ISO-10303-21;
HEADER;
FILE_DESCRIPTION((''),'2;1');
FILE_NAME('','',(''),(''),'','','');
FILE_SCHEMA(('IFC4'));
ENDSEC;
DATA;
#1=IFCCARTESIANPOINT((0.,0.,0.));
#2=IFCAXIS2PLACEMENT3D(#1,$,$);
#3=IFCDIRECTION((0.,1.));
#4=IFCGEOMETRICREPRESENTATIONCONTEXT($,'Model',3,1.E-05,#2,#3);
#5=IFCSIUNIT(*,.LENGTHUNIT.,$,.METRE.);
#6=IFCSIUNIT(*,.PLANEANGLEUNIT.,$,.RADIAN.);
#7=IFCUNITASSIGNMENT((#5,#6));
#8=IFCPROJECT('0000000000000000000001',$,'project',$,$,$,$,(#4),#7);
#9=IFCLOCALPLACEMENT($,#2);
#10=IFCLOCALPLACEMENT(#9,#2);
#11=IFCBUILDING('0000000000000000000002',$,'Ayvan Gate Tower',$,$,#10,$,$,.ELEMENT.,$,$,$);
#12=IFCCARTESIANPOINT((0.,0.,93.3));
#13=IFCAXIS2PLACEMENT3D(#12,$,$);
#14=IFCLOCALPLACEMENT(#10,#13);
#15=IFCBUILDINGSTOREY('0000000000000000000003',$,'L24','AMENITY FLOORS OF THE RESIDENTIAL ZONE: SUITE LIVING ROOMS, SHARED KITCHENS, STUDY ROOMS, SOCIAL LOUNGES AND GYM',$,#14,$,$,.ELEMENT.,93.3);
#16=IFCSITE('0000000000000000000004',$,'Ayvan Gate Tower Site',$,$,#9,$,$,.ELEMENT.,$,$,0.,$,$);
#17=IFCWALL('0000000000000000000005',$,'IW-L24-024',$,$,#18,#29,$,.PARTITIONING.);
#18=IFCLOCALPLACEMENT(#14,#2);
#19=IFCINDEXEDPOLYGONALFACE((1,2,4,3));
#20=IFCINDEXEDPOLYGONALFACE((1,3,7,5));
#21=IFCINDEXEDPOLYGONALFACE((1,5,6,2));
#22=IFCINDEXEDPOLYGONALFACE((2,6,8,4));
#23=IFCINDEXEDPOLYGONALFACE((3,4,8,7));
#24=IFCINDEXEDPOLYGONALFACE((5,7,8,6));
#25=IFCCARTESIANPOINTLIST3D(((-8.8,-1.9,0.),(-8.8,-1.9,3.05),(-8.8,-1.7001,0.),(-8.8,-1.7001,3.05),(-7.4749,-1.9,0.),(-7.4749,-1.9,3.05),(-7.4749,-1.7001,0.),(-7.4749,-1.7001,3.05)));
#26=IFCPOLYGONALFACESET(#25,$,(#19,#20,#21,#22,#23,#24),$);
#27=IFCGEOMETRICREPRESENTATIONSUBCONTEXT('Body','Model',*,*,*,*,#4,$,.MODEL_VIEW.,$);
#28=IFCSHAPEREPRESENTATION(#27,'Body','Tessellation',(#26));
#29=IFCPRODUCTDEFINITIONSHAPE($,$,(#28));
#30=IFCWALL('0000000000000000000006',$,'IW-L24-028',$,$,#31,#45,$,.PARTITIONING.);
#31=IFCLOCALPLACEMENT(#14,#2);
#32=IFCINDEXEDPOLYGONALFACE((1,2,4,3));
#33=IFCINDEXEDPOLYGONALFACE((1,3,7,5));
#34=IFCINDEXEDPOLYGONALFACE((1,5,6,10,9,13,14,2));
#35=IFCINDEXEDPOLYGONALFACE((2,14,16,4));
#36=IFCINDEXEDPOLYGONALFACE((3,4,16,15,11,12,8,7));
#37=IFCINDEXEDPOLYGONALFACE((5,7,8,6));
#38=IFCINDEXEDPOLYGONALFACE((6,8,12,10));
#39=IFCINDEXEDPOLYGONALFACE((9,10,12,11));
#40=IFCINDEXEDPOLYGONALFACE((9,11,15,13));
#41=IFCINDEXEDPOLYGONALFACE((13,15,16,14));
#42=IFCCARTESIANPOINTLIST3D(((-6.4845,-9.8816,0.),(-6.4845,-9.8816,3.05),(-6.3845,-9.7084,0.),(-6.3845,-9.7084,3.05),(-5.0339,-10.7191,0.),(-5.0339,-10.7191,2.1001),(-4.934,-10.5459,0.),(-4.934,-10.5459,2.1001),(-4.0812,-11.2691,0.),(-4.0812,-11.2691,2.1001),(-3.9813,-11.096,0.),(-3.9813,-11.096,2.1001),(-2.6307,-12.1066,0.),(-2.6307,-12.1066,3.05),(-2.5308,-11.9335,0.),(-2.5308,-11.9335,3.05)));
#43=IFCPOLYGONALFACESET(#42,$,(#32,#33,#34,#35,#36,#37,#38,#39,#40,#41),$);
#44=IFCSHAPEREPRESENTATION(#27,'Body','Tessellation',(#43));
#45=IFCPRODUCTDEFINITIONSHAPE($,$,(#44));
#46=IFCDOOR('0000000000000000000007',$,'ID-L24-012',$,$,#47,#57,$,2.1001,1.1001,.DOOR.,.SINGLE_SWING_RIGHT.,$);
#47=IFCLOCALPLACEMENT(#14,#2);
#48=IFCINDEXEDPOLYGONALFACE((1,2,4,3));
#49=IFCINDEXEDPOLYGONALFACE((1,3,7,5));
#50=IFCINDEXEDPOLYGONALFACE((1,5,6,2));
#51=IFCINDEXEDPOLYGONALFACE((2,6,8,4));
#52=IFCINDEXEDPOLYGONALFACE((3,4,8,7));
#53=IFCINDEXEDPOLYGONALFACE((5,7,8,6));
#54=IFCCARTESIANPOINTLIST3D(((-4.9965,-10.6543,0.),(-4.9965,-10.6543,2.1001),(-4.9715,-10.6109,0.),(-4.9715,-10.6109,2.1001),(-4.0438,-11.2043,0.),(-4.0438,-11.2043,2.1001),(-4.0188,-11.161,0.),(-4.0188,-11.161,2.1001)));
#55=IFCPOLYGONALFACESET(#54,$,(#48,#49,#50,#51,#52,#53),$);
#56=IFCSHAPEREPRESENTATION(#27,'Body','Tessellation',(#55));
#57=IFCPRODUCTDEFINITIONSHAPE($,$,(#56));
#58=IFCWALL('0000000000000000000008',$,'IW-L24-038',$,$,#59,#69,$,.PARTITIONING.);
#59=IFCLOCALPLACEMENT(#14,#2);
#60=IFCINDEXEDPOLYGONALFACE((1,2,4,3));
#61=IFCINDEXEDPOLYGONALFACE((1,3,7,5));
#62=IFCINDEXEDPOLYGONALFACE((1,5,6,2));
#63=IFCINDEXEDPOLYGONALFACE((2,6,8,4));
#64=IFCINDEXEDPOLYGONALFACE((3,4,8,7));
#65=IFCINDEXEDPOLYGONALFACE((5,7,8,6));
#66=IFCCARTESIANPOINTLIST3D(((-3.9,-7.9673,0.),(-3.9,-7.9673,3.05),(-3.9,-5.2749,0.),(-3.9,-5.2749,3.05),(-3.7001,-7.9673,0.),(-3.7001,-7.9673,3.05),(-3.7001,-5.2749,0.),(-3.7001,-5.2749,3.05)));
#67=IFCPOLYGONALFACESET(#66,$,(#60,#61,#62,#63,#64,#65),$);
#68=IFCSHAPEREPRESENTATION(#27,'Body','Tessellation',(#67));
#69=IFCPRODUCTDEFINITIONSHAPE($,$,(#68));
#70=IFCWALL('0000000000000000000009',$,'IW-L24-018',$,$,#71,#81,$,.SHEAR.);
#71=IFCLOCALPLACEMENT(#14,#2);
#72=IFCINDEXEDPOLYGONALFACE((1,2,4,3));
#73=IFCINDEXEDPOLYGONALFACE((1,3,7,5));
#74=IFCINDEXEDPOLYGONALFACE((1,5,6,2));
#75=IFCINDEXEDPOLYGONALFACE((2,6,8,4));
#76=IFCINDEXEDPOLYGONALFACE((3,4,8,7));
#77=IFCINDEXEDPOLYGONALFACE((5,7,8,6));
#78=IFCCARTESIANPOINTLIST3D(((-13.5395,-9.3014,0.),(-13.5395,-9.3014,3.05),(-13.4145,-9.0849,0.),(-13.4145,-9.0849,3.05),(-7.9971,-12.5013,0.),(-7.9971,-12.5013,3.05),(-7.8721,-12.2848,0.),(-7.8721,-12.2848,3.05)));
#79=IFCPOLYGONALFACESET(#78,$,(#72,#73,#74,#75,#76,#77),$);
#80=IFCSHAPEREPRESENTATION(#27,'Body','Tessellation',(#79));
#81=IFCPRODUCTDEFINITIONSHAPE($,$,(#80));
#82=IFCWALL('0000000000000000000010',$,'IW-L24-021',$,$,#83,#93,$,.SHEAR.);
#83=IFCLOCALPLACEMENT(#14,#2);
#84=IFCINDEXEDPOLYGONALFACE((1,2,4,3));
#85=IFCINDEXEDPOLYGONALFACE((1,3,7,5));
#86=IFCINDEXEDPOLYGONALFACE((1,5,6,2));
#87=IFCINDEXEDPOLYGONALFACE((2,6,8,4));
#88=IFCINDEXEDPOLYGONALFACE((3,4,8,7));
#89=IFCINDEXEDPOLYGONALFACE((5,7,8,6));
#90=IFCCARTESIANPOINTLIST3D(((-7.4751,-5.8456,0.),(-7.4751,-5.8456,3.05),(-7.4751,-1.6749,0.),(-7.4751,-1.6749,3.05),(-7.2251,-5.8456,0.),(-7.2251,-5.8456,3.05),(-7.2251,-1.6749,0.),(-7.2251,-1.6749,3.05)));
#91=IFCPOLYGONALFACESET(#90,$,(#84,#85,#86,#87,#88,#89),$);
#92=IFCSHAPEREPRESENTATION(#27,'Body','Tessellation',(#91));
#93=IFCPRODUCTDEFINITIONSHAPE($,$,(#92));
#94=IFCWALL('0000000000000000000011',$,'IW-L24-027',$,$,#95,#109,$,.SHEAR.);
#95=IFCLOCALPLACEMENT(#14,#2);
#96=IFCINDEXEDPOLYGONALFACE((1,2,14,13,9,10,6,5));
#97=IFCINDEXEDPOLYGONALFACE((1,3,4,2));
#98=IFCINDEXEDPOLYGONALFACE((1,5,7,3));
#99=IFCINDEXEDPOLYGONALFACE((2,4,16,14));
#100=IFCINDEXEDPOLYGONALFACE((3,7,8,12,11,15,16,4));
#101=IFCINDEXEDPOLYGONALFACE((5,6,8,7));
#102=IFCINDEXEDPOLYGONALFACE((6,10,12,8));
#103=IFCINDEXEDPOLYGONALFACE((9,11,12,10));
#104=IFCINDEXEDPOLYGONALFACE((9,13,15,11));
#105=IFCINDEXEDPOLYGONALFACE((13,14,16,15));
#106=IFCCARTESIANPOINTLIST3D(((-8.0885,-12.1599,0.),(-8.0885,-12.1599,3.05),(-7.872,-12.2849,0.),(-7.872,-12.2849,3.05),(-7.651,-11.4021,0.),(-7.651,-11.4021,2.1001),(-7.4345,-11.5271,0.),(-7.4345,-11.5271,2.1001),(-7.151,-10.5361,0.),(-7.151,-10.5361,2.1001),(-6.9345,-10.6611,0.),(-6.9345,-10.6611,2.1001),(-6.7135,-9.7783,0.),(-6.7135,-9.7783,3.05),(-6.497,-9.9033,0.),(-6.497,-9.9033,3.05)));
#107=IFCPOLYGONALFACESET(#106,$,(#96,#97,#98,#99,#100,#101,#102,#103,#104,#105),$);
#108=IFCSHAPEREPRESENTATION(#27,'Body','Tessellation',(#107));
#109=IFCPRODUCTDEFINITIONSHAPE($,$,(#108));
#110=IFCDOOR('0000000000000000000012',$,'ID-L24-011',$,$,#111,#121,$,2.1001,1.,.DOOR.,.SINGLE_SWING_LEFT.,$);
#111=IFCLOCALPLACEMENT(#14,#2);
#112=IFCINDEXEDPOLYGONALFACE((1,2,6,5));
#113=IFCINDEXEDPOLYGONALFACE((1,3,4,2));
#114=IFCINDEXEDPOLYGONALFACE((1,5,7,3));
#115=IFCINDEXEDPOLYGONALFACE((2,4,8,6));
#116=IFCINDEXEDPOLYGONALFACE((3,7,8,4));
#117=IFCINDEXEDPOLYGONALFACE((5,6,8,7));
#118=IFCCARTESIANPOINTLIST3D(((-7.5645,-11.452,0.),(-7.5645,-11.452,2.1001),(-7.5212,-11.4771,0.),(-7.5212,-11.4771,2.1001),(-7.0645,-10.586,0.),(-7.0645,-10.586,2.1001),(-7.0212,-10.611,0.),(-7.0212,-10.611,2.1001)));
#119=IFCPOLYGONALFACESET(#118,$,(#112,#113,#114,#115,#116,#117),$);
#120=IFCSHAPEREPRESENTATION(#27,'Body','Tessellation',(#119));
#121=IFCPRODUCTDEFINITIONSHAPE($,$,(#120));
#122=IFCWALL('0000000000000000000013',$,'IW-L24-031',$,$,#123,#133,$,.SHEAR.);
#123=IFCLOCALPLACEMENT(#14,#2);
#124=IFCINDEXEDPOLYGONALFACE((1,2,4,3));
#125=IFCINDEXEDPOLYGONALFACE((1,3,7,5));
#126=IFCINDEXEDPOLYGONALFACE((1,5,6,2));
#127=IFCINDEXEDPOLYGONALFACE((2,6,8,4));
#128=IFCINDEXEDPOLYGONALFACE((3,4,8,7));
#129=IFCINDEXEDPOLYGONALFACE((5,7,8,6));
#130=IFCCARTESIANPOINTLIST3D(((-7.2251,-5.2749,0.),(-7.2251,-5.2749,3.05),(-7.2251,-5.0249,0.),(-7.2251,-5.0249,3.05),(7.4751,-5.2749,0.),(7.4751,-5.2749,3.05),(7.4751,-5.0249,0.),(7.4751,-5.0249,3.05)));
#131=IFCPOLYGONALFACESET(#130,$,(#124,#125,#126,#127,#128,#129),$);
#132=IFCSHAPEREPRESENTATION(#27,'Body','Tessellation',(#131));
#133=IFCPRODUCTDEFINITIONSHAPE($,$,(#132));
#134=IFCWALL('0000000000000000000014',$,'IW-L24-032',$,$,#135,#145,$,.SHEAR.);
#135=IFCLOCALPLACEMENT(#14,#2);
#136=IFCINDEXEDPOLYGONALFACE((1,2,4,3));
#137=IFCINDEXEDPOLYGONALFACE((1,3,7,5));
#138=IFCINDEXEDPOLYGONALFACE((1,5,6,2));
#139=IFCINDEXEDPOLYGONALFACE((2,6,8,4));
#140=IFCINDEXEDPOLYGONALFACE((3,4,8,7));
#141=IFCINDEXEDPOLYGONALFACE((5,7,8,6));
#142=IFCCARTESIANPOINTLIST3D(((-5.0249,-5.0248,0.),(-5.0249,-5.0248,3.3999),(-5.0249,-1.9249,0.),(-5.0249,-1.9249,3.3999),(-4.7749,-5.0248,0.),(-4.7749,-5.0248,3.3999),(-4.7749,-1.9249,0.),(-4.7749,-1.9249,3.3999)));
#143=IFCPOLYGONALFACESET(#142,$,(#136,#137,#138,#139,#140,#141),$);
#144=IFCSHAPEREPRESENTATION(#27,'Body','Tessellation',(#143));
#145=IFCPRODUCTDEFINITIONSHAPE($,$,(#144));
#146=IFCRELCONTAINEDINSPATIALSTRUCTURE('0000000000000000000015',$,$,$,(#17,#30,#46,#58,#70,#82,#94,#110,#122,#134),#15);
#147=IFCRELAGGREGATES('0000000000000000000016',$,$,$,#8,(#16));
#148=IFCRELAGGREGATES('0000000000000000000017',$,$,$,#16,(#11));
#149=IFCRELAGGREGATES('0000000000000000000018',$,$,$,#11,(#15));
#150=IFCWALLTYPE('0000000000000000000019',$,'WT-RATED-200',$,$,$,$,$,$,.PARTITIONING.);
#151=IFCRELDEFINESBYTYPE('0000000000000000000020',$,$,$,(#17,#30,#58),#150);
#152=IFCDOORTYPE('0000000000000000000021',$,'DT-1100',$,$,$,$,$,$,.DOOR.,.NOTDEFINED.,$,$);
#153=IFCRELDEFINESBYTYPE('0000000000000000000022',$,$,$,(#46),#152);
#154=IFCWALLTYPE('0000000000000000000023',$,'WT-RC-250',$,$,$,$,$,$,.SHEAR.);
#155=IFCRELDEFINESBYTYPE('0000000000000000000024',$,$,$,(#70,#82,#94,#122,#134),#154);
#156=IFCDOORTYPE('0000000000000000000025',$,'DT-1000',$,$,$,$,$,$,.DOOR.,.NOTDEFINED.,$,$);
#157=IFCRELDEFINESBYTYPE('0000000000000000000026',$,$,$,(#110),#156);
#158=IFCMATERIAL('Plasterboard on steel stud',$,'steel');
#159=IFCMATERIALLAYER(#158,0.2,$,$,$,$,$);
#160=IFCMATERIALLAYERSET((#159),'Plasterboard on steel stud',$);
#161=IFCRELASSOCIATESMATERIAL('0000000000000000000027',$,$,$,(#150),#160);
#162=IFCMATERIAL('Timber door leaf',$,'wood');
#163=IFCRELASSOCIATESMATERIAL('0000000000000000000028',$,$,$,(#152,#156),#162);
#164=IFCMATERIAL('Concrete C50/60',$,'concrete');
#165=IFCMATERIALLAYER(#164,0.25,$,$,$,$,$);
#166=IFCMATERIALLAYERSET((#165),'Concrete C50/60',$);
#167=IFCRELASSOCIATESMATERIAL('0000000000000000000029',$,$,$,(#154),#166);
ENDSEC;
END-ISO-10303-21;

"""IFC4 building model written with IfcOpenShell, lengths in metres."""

from ifc_helpers import new_model, si_unit, direction, frame, frame_2d, origin, place, context, subcontext, project, spatial, rectangle, extrude, material, layer, layer_set, type_object, element, fill, save


model = new_model("IFC4")

# Units and contexts
model_context = context("Model", 3, precision=1e-05, world=origin(), true_north=direction((0.0, 1.0)))
body_context = subcontext(model_context, "Body", "Model", "MODEL_VIEW")
ifc_project = project(units=[si_unit("LENGTHUNIT", "METRE"), si_unit("PLANEANGLEUNIT", "RADIAN")], contexts=[model_context])

# Site, building, storey
site_placement = place(None, origin())
site = spatial("IfcSite", under=ifc_project, at=site_placement, Name="Ayvan Gate Tower Site", CompositionType="ELEMENT", RefElevation=0.0)
building_placement = place(site_placement, origin())
building = spatial("IfcBuilding", under=site, at=building_placement, Name="Ayvan Gate Tower", CompositionType="ELEMENT")
storey_placement = place(building_placement, frame((0.0, 0.0, 93.3)))
storey = spatial("IfcBuildingStorey", under=building, at=storey_placement, Name="L24", Description="AMENITY FLOORS OF THE RESIDENTIAL ZONE: SUITE LIVING ROOMS, SHARED KITCHENS, STUDY ROOMS, SOCIAL LOUNGES AND GYM", CompositionType="ELEMENT", Elevation=93.3)

# Wall
ifc_material_1 = material(Name="Plasterboard on steel stud", Category="steel")
ifc_layer_1 = layer(ifc_material_1, 0.2)
ifc_layer_set_1 = layer_set([ifc_layer_1], Name="Plasterboard on steel stud")
wall_type_1 = type_object("IfcWallType", Name="WT-RATED-200", PredefinedType="PARTITIONING", material=ifc_layer_set_1)
wall_1_placement = place(storey_placement, frame((-7.4749, -1.8, 0.0), z_axis=(0.0, 0.0, 1.0), x_axis=(-1.0, 0.0, 0.0)))
element("IfcWall", 1, at=wall_1_placement, inside=storey, type_object=wall_type_1, Name="IW-L24-024", PredefinedType="PARTITIONING", context=body_context, shape_type="SweptSolid", body=[
    extrude(rectangle(XDim=1.3252, YDim=0.2, at=frame_2d((0.6626, 0.0))), origin(), (0.0, 0.0, 1.0), 3.05),
])

# Wall, opening, door
wall_2_placement = place(storey_placement, frame((-6.4346, -9.7949, 0.0), z_axis=(0.0, 0.0, 1.0), x_axis=(0.866013, -0.500022, 0.0)))
wall_2 = element("IfcWall", 2, at=wall_2_placement, inside=storey, type_object=wall_type_1, Name="IW-L24-028", PredefinedType="PARTITIONING", context=body_context, shape_type="SweptSolid", body=[
    extrude(rectangle(XDim=4.45, YDim=0.2, at=frame_2d((2.2251, 0.0))), origin(), (0.0, 0.0, 1.0), 3.05),
])
opening_1_placement = place(wall_2_placement, frame((1.675, 0.0, 0.0)))
opening_1 = element("IfcOpeningElement", 3, at=opening_1_placement, cuts=wall_2, PredefinedType="OPENING", context=body_context, shape_type="SweptSolid", body=[
    extrude(rectangle(XDim=1.1001, YDim=2.1001, at=frame_2d((0.55, 1.05))), frame((0.0, 0.1099, 0.0), z_axis=(0.0, -1.0, 0.0), x_axis=(1.0, 0.0, 0.0)), (0.0, 0.0, 1.0), 0.22),
])
ifc_material_2 = material(Name="Timber door leaf", Category="wood")
door_type_1 = type_object("IfcDoorType", Name="DT-1100", OperationType="NOTDEFINED", PredefinedType="DOOR", material=ifc_material_2)
door_1_placement = place(opening_1_placement, origin())
door_1 = element("IfcDoor", 4, at=door_1_placement, inside=storey, type_object=door_type_1, Name="ID-L24-012", OperationType="SINGLE_SWING_RIGHT", OverallHeight=2.1001, OverallWidth=1.1001, PredefinedType="DOOR", context=body_context, shape_type="SweptSolid", body=[
    extrude(rectangle(XDim=1.1001, YDim=2.1001, at=frame_2d((0.55, 1.05))), frame((0.0, 0.0249, 0.0), z_axis=(0.0, -1.0, 0.0), x_axis=(1.0, 0.0, 0.0)), (0.0, 0.0, 1.0), 0.05),
])
fill(opening_1, door_1)

# Walls
wall_3_placement = place(storey_placement, frame((-3.8, -5.2749, 0.0), z_axis=(0.0, 0.0, 1.0), x_axis=(0.0, -1.0, 0.0)))
element("IfcWall", 5, at=wall_3_placement, inside=storey, type_object=wall_type_1, Name="IW-L24-038", PredefinedType="PARTITIONING", context=body_context, shape_type="SweptSolid", body=[
    extrude(rectangle(XDim=2.6924, YDim=0.2, at=frame_2d((1.3462, 0.0))), origin(), (0.0, 0.0, 1.0), 3.05),
])
ifc_material_3 = material(Name="Concrete C50/60", Category="concrete")
ifc_layer_2 = layer(ifc_material_3, 0.25)
ifc_layer_set_2 = layer_set([ifc_layer_2], Name="Concrete C50/60")
wall_type_2 = type_object("IfcWallType", Name="WT-RC-250", PredefinedType="SHEAR", material=ifc_layer_set_2)
wall_4_placement = place(storey_placement, frame((-7.9346, -12.3931, 0.0), z_axis=(0.0, 0.0, 1.0), x_axis=(-0.866025, 0.5, 0.0)))
element("IfcWall", 6, at=wall_4_placement, inside=storey, type_object=wall_type_2, Name="IW-L24-018", PredefinedType="SHEAR", context=body_context, shape_type="SweptSolid", body=[
    extrude(rectangle(XDim=6.3999, YDim=0.25, at=frame_2d((3.2, 0.0))), origin(), (0.0, 0.0, 1.0), 3.05),
])
wall_5_placement = place(storey_placement, frame((-7.3501, -5.8457, 0.0), z_axis=(0.0, 0.0, 1.0), x_axis=(0.0, 1.0, 0.0)))
element("IfcWall", 7, at=wall_5_placement, inside=storey, type_object=wall_type_2, Name="IW-L24-021", PredefinedType="SHEAR", context=body_context, shape_type="SweptSolid", body=[
    extrude(rectangle(XDim=4.1707, YDim=0.25, at=frame_2d((2.0854, 0.0))), origin(), (0.0, 0.0, 1.0), 3.05),
])

# Wall, opening, door
wall_6_placement = place(storey_placement, frame((-6.6052, -9.8408, 0.0), z_axis=(0.0, 0.0, 1.0), x_axis=(-0.499997, -0.866027, 0.0)))
wall_6 = element("IfcWall", 8, at=wall_6_placement, inside=storey, type_object=wall_type_2, Name="IW-L24-027", PredefinedType="SHEAR", context=body_context, shape_type="SweptSolid", body=[
    extrude(rectangle(XDim=2.75, YDim=0.25, at=frame_2d((1.375, 0.0))), origin(), (0.0, 0.0, 1.0), 3.05),
])
opening_2_placement = place(wall_6_placement, frame((0.875, 0.0, 0.0)))
opening_2 = element("IfcOpeningElement", 9, at=opening_2_placement, cuts=wall_6, PredefinedType="OPENING", context=body_context, shape_type="SweptSolid", body=[
    extrude(rectangle(XDim=1.0, YDim=2.1001, at=frame_2d((0.5, 1.05))), frame((0.0, 0.135, 0.0), z_axis=(0.0, -1.0, 0.0), x_axis=(1.0, 0.0, 0.0)), (0.0, 0.0, 1.0), 0.27),
])
door_type_2 = type_object("IfcDoorType", Name="DT-1000", OperationType="NOTDEFINED", PredefinedType="DOOR", material=ifc_material_2)
door_2_placement = place(opening_2_placement, origin())
door_2 = element("IfcDoor", 10, at=door_2_placement, inside=storey, type_object=door_type_2, Name="ID-L24-011", OperationType="SINGLE_SWING_LEFT", OverallHeight=2.1001, OverallWidth=1.0, PredefinedType="DOOR", context=body_context, shape_type="SweptSolid", body=[
    extrude(rectangle(XDim=1.0, YDim=2.1001, at=frame_2d((0.5, 1.05))), frame((0.0, 0.0249, 0.0), z_axis=(0.0, -1.0, 0.0), x_axis=(1.0, 0.0, 0.0)), (0.0, 0.0, 1.0), 0.05),
])
fill(opening_2, door_2)

# Walls
wall_7_placement = place(storey_placement, frame((-7.2251, -5.1499, 0.0), z_axis=(0.0, 0.0, 1.0), x_axis=(1.0, 0.0, 0.0)))
element("IfcWall", 11, at=wall_7_placement, inside=storey, type_object=wall_type_2, Name="IW-L24-031", PredefinedType="SHEAR", context=body_context, shape_type="SweptSolid", body=[
    extrude(rectangle(XDim=14.7002, YDim=0.25, at=frame_2d((7.3501, 0.0))), origin(), (0.0, 0.0, 1.0), 3.05),
])
wall_8_placement = place(storey_placement, frame((-4.8999, -1.925, 0.0), z_axis=(0.0, 0.0, 1.0), x_axis=(0.0, -1.0, 0.0)))
element("IfcWall", 12, at=wall_8_placement, inside=storey, type_object=wall_type_2, Name="IW-L24-032", PredefinedType="SHEAR", context=body_context, shape_type="SweptSolid", body=[
    extrude(rectangle(XDim=3.0999, YDim=0.25, at=frame_2d((1.5498, 0.0))), origin(), (0.0, 0.0, 1.0), 3.3999),
])

save(model, "model.ifc")
